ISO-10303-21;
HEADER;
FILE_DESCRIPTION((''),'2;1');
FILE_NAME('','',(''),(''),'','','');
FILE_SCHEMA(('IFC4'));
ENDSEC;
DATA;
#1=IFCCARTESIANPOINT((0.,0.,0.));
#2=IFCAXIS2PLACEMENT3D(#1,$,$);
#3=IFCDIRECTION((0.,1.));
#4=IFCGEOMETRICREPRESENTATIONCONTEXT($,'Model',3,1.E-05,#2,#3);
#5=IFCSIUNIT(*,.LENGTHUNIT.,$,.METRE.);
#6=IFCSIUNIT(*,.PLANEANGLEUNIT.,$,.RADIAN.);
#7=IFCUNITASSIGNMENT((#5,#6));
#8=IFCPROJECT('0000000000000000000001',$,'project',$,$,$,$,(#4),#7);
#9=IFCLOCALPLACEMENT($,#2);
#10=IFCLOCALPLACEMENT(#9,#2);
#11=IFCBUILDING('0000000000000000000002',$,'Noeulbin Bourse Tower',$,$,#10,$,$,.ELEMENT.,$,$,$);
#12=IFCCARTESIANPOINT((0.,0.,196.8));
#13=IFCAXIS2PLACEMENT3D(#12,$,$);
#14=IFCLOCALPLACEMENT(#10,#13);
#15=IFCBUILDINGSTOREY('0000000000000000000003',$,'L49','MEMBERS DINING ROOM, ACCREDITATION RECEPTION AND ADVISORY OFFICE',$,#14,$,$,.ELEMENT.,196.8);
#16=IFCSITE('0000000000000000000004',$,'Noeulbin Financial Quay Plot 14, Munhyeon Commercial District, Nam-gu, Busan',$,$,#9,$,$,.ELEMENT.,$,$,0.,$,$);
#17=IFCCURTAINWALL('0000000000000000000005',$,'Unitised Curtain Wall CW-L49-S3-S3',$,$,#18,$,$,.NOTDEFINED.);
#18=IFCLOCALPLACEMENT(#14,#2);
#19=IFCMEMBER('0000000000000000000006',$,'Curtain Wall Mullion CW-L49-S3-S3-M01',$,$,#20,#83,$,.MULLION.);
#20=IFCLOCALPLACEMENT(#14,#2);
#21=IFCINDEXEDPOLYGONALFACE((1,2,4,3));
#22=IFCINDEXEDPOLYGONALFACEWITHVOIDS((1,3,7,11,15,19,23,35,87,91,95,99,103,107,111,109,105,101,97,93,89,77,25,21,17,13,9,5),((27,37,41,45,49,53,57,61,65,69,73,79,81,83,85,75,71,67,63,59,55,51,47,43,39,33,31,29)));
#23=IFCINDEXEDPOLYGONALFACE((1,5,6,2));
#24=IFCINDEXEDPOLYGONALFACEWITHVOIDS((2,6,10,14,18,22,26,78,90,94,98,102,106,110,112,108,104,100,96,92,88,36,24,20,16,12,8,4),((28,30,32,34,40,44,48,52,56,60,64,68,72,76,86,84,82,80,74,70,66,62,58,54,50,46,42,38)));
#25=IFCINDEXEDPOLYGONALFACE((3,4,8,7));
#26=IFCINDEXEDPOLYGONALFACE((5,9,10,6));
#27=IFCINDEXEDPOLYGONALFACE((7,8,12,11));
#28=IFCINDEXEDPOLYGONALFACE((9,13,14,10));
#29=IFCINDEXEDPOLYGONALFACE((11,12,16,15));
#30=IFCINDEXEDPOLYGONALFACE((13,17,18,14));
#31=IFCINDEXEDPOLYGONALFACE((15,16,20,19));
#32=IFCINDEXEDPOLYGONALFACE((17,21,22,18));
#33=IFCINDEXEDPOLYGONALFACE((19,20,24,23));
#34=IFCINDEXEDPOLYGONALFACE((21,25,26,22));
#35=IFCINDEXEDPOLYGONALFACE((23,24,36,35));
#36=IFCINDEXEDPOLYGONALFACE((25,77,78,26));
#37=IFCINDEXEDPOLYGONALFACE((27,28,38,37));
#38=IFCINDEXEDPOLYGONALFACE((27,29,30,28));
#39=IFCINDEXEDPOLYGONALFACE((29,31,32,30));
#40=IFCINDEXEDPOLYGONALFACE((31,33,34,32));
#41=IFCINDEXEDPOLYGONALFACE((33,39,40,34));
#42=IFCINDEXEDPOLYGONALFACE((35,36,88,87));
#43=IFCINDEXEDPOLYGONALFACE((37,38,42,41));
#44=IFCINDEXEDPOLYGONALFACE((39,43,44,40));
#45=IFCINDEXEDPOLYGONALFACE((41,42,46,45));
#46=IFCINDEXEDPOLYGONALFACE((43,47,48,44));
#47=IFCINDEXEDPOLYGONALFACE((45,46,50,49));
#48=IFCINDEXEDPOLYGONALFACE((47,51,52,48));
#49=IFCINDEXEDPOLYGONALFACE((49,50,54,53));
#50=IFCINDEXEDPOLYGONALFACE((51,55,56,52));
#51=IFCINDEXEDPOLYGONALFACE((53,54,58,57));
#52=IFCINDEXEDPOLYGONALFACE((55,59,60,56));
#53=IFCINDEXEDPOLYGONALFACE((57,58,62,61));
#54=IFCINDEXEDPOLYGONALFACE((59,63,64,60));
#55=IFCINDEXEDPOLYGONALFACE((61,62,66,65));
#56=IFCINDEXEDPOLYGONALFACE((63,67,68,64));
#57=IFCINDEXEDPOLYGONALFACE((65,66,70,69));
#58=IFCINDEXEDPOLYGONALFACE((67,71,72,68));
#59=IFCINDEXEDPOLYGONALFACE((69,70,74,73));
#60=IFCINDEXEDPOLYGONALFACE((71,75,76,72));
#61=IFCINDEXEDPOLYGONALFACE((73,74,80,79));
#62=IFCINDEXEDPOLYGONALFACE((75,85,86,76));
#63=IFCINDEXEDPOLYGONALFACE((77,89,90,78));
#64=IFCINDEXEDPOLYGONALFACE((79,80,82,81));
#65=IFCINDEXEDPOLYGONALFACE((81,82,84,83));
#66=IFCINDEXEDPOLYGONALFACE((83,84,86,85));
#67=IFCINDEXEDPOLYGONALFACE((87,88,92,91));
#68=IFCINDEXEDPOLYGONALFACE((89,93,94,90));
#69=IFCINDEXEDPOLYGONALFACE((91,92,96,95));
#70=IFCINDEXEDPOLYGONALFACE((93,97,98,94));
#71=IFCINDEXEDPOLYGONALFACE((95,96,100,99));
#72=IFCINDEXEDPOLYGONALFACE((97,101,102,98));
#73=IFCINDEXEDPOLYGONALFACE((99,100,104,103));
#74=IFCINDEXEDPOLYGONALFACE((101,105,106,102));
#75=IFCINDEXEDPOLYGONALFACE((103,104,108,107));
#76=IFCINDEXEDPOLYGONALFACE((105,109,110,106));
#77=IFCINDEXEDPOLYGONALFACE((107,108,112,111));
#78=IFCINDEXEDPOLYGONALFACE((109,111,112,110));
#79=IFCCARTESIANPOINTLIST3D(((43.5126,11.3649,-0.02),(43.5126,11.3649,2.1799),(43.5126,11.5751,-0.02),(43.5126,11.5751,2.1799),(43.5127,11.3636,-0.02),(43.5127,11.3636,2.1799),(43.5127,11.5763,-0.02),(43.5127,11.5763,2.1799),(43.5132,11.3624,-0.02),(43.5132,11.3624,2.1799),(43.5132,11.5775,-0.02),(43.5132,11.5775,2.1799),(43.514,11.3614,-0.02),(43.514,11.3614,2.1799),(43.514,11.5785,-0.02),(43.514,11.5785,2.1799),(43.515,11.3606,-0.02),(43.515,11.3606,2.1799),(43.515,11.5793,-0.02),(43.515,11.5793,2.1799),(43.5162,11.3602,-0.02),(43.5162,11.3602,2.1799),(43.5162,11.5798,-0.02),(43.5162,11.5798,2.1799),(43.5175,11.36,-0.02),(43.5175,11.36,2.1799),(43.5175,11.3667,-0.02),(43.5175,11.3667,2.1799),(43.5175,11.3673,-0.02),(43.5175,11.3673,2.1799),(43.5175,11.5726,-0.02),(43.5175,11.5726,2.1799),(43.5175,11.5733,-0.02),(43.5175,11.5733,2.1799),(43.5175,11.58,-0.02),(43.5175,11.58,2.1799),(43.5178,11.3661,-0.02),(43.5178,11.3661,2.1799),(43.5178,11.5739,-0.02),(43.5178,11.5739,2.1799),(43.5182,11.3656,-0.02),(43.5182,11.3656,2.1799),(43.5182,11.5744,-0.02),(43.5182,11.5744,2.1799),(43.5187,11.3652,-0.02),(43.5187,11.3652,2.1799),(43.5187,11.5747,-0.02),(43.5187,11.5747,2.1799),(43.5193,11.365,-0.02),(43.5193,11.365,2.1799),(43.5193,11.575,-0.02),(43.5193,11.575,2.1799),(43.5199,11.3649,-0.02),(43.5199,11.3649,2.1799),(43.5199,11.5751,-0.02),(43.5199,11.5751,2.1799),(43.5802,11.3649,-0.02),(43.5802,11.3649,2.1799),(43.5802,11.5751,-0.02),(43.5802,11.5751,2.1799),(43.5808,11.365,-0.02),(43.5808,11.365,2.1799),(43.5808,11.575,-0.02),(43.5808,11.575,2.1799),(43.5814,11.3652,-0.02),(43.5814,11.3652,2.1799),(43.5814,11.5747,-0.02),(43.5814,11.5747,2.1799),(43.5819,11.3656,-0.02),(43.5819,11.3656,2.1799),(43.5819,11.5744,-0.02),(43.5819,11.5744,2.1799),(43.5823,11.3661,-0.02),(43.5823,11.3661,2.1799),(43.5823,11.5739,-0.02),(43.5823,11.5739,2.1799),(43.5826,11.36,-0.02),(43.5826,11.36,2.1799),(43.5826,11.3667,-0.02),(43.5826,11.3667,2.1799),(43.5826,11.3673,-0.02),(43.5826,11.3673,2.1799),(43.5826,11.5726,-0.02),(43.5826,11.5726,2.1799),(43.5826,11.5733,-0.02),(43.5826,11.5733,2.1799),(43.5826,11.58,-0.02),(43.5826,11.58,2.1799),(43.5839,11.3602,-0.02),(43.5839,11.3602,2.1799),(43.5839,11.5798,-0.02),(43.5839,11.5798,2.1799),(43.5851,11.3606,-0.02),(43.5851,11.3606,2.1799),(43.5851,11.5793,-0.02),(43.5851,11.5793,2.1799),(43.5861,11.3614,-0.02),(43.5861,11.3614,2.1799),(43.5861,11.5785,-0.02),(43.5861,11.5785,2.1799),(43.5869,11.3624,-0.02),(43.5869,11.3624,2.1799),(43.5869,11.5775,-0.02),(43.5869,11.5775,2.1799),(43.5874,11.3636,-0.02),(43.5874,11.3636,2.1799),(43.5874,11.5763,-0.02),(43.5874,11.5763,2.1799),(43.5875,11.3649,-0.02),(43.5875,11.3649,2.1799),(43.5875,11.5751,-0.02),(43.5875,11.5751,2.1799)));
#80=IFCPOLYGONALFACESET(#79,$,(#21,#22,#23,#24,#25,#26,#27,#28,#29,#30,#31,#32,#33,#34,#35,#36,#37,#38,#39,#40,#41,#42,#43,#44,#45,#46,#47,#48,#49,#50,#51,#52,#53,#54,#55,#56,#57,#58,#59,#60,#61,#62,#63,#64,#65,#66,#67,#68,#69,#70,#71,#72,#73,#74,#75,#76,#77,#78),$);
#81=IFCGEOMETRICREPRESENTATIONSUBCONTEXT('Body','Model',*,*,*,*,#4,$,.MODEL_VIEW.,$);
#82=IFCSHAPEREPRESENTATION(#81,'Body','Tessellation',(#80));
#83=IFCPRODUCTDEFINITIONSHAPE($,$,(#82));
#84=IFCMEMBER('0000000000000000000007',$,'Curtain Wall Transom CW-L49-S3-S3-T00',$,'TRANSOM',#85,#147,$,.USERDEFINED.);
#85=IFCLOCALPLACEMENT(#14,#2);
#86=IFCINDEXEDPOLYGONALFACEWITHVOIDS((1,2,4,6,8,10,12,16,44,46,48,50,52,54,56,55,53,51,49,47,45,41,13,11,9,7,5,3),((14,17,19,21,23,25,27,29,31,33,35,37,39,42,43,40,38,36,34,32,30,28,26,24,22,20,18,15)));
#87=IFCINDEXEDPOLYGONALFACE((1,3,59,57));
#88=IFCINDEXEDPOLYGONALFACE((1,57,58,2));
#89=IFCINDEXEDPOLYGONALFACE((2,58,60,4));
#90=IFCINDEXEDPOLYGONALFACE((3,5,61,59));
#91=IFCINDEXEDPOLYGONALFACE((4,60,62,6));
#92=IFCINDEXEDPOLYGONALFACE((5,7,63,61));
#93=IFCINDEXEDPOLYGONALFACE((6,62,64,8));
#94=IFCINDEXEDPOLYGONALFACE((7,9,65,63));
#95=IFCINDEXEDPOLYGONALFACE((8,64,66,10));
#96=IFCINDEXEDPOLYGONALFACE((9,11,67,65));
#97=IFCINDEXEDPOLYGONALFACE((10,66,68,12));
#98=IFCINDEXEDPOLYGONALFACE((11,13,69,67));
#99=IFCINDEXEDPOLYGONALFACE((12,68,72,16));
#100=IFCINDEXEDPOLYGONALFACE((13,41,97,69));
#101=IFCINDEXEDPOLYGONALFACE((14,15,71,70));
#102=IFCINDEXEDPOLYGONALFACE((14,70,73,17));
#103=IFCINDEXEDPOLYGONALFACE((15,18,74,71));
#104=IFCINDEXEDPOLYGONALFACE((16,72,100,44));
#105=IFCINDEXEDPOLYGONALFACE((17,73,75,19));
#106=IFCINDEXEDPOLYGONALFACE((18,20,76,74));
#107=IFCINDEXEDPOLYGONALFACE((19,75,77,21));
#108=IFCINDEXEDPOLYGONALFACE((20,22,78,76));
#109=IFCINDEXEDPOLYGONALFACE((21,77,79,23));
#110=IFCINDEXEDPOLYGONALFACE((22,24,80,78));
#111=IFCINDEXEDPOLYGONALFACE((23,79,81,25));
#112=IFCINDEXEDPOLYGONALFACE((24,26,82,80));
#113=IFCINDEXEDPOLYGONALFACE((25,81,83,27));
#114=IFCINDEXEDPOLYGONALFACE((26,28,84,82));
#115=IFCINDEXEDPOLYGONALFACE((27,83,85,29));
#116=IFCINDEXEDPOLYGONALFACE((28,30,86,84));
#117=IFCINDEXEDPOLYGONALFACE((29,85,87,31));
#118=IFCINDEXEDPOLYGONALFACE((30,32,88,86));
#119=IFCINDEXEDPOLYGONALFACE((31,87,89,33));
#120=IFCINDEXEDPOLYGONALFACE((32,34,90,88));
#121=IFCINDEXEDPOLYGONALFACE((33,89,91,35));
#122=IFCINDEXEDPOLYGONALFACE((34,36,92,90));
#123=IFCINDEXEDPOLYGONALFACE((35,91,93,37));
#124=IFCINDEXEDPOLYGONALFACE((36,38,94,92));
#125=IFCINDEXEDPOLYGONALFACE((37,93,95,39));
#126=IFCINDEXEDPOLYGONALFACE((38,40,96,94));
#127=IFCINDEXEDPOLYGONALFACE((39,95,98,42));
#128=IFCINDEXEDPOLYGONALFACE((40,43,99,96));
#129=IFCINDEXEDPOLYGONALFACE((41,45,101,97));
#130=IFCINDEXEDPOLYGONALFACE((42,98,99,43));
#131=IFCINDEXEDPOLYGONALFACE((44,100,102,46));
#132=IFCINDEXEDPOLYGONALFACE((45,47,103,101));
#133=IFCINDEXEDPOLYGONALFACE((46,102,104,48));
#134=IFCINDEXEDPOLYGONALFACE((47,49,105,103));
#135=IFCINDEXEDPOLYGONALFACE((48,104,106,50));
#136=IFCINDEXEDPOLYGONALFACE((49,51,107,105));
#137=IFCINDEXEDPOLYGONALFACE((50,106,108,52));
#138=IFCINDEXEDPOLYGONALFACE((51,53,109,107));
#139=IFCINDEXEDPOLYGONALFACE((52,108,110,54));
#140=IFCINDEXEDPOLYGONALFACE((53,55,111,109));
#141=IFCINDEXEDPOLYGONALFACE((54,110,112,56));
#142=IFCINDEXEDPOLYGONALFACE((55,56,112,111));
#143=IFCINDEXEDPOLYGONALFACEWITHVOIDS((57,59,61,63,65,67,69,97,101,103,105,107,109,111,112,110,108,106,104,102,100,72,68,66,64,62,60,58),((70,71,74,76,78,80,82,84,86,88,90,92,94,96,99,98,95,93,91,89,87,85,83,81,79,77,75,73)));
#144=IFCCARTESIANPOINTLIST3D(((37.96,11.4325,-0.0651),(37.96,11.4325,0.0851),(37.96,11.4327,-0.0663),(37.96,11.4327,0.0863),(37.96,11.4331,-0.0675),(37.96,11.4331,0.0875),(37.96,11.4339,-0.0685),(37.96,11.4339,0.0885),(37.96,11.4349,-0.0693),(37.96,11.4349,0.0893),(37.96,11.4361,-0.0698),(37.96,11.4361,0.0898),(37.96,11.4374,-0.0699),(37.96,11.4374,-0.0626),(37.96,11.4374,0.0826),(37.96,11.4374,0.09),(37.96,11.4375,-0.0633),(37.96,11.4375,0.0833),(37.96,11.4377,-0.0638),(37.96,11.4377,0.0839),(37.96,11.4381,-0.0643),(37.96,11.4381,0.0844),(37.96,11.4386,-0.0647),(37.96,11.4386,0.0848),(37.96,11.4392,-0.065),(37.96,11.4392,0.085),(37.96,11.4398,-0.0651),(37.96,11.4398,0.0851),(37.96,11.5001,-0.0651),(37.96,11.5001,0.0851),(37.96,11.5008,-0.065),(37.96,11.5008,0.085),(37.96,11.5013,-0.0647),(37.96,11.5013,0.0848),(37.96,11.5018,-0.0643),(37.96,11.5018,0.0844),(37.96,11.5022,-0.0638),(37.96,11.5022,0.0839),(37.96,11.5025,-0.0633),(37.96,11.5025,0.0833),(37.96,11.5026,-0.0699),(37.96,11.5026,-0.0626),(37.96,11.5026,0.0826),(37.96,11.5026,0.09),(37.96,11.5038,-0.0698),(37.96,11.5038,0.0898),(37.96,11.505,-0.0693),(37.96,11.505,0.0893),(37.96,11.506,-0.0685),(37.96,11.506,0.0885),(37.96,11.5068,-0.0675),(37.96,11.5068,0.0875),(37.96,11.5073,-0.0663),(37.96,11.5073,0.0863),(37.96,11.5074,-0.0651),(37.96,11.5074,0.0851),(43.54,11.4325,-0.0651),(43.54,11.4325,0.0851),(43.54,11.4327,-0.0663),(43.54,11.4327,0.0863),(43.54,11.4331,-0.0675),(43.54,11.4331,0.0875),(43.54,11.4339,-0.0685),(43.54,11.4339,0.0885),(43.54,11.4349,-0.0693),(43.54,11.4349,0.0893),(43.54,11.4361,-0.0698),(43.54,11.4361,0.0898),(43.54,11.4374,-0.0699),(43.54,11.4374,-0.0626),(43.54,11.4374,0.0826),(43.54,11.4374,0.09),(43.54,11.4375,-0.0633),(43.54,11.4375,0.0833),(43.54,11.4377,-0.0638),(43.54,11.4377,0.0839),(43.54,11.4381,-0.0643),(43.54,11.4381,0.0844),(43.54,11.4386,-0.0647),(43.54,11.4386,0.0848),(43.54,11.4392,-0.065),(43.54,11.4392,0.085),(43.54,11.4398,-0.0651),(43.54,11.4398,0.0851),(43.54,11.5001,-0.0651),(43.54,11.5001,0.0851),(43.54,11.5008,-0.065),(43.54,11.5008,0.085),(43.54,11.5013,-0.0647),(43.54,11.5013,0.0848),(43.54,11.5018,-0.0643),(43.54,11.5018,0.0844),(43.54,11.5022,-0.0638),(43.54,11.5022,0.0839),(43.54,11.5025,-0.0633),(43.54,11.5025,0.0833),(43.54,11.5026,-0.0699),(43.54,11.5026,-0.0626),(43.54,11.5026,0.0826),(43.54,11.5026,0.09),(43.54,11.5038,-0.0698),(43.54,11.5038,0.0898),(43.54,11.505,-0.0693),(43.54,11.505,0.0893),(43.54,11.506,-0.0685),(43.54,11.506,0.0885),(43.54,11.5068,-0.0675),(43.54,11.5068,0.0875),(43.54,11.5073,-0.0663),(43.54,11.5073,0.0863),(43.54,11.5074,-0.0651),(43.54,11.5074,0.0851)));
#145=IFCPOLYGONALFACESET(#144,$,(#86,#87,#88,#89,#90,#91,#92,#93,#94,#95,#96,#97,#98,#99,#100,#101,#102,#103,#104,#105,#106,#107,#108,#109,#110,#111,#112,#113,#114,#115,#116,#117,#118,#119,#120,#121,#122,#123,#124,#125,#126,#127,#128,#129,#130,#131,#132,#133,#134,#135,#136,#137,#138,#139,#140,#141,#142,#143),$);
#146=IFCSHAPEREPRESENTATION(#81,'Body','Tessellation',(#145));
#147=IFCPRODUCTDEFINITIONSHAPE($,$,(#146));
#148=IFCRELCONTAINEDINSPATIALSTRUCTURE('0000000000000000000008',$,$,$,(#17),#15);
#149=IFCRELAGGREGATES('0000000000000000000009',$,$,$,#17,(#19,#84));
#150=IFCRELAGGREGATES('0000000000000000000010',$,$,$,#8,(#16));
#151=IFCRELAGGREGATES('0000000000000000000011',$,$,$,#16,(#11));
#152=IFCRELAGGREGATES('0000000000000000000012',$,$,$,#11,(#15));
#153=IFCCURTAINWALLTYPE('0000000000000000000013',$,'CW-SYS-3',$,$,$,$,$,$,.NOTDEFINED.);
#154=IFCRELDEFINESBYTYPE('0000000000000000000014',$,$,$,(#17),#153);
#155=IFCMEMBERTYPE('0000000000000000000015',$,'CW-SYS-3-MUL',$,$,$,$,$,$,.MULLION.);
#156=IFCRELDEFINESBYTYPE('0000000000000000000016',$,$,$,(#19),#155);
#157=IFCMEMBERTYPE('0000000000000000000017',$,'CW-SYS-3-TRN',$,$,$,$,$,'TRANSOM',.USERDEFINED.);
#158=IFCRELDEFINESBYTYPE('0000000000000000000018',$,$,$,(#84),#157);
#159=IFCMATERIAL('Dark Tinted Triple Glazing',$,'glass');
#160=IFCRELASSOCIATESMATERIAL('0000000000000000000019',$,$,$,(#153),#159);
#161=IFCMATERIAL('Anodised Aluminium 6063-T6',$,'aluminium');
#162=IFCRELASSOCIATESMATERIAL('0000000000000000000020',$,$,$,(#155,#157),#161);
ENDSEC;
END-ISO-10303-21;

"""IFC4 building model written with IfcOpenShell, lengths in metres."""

from ifc_helpers import new_model, si_unit, direction, frame, origin, origin_2d, place, context, subcontext, project, spatial, hollow_rectangle, extrude, material, material_profile, profile_set, type_object, element, aggregate, save


model = new_model("IFC4")

# Units and contexts
model_context = context("Model", 3, precision=1e-05, world=origin(), true_north=direction((0.0, 1.0)))
body_context = subcontext(model_context, "Body", "Model", "MODEL_VIEW")
ifc_project = project(units=[si_unit("LENGTHUNIT", "METRE"), si_unit("PLANEANGLEUNIT", "RADIAN")], contexts=[model_context])

# Site, building, storey
site_placement = place(None, origin())
site = spatial("IfcSite", under=ifc_project, at=site_placement, Name="Noeulbin Financial Quay Plot 14, Munhyeon Commercial District, Nam-gu, Busan", CompositionType="ELEMENT", RefElevation=0.0)
building_placement = place(site_placement, origin())
building = spatial("IfcBuilding", under=site, at=building_placement, Name="Noeulbin Bourse Tower", CompositionType="ELEMENT")
storey_placement = place(building_placement, frame((0.0, 0.0, 196.8)))
storey = spatial("IfcBuildingStorey", under=building, at=storey_placement, Name="L49", Description="MEMBERS DINING ROOM, ACCREDITATION RECEPTION AND ADVISORY OFFICE", CompositionType="ELEMENT", Elevation=196.8)

# Curtain wall, members
ifc_material_1 = material(Name="Dark Tinted Triple Glazing", Category="glass")
curtain_wall_type = type_object("IfcCurtainWallType", Name="CW-SYS-3", PredefinedType="NOTDEFINED", material=ifc_material_1)
curtain_wall_placement = place(storey_placement, origin())
curtain_wall = element("IfcCurtainWall", 1, at=curtain_wall_placement, inside=storey, type_object=curtain_wall_type, Name="Unitised Curtain Wall CW-L49-S3-S3", PredefinedType="NOTDEFINED")
ifc_material_2 = material(Name="Anodised Aluminium 6063-T6", Category="aluminium")
ifc_material_profile_1 = material_profile(ifc_material_2, hollow_rectangle(XDim=0.075, YDim=0.22, WallThickness=0.0049, InnerFilletRadius=0.0024, OuterFilletRadius=0.0049, at=origin_2d()), Name="ALU-MULL-75x220x5", Category="LoadBearing")
ifc_profile_set_1 = profile_set([ifc_material_profile_1], Name="Anodised Aluminium 6063-T6")
member_type_1 = type_object("IfcMemberType", Name="CW-SYS-3-MUL", PredefinedType="MULLION", material=ifc_profile_set_1)
member_1_placement = place(storey_placement, frame((43.55, 11.47, -0.02), z_axis=(0.0, 0.0, 1.0), x_axis=(1.0, 0.0, 0.0)))
member_1 = element("IfcMember", 2, at=member_1_placement, type_object=member_type_1, Name="Curtain Wall Mullion CW-L49-S3-S3-M01", PredefinedType="MULLION", context=body_context, shape_type="SweptSolid", body=[
    extrude(hollow_rectangle(XDim=0.075, YDim=0.22, WallThickness=0.0049, InnerFilletRadius=0.0024, OuterFilletRadius=0.0049, at=origin_2d()), origin(), (0.0, 0.0, 1.0), 2.2),
])
ifc_material_profile_2 = material_profile(ifc_material_2, hollow_rectangle(XDim=0.075, YDim=0.1599, WallThickness=0.0049, InnerFilletRadius=0.0024, OuterFilletRadius=0.0049, at=origin_2d()), Name="ALU-TRAN-75x160x5", Category="LoadBearing")
ifc_profile_set_2 = profile_set([ifc_material_profile_2], Name="Anodised Aluminium 6063-T6")
member_type_2 = type_object("IfcMemberType", Name="CW-SYS-3-TRN", ElementType="TRANSOM", PredefinedType="USERDEFINED", material=ifc_profile_set_2)
member_2_placement = place(storey_placement, frame((37.96, 11.47, 0.01), z_axis=(1.0, 0.0, 0.0), x_axis=(0.0, 1.0, 0.0)))
member_2 = element("IfcMember", 3, at=member_2_placement, type_object=member_type_2, Name="Curtain Wall Transom CW-L49-S3-S3-T00", ObjectType="TRANSOM", PredefinedType="USERDEFINED", context=body_context, shape_type="SweptSolid", body=[
    extrude(hollow_rectangle(XDim=0.075, YDim=0.1599, WallThickness=0.0049, InnerFilletRadius=0.0024, OuterFilletRadius=0.0049, at=origin_2d()), origin(), (0.0, 0.0, 1.0), 5.5801),
])
aggregate(curtain_wall, [member_1, member_2])

save(model, "model.ifc")
